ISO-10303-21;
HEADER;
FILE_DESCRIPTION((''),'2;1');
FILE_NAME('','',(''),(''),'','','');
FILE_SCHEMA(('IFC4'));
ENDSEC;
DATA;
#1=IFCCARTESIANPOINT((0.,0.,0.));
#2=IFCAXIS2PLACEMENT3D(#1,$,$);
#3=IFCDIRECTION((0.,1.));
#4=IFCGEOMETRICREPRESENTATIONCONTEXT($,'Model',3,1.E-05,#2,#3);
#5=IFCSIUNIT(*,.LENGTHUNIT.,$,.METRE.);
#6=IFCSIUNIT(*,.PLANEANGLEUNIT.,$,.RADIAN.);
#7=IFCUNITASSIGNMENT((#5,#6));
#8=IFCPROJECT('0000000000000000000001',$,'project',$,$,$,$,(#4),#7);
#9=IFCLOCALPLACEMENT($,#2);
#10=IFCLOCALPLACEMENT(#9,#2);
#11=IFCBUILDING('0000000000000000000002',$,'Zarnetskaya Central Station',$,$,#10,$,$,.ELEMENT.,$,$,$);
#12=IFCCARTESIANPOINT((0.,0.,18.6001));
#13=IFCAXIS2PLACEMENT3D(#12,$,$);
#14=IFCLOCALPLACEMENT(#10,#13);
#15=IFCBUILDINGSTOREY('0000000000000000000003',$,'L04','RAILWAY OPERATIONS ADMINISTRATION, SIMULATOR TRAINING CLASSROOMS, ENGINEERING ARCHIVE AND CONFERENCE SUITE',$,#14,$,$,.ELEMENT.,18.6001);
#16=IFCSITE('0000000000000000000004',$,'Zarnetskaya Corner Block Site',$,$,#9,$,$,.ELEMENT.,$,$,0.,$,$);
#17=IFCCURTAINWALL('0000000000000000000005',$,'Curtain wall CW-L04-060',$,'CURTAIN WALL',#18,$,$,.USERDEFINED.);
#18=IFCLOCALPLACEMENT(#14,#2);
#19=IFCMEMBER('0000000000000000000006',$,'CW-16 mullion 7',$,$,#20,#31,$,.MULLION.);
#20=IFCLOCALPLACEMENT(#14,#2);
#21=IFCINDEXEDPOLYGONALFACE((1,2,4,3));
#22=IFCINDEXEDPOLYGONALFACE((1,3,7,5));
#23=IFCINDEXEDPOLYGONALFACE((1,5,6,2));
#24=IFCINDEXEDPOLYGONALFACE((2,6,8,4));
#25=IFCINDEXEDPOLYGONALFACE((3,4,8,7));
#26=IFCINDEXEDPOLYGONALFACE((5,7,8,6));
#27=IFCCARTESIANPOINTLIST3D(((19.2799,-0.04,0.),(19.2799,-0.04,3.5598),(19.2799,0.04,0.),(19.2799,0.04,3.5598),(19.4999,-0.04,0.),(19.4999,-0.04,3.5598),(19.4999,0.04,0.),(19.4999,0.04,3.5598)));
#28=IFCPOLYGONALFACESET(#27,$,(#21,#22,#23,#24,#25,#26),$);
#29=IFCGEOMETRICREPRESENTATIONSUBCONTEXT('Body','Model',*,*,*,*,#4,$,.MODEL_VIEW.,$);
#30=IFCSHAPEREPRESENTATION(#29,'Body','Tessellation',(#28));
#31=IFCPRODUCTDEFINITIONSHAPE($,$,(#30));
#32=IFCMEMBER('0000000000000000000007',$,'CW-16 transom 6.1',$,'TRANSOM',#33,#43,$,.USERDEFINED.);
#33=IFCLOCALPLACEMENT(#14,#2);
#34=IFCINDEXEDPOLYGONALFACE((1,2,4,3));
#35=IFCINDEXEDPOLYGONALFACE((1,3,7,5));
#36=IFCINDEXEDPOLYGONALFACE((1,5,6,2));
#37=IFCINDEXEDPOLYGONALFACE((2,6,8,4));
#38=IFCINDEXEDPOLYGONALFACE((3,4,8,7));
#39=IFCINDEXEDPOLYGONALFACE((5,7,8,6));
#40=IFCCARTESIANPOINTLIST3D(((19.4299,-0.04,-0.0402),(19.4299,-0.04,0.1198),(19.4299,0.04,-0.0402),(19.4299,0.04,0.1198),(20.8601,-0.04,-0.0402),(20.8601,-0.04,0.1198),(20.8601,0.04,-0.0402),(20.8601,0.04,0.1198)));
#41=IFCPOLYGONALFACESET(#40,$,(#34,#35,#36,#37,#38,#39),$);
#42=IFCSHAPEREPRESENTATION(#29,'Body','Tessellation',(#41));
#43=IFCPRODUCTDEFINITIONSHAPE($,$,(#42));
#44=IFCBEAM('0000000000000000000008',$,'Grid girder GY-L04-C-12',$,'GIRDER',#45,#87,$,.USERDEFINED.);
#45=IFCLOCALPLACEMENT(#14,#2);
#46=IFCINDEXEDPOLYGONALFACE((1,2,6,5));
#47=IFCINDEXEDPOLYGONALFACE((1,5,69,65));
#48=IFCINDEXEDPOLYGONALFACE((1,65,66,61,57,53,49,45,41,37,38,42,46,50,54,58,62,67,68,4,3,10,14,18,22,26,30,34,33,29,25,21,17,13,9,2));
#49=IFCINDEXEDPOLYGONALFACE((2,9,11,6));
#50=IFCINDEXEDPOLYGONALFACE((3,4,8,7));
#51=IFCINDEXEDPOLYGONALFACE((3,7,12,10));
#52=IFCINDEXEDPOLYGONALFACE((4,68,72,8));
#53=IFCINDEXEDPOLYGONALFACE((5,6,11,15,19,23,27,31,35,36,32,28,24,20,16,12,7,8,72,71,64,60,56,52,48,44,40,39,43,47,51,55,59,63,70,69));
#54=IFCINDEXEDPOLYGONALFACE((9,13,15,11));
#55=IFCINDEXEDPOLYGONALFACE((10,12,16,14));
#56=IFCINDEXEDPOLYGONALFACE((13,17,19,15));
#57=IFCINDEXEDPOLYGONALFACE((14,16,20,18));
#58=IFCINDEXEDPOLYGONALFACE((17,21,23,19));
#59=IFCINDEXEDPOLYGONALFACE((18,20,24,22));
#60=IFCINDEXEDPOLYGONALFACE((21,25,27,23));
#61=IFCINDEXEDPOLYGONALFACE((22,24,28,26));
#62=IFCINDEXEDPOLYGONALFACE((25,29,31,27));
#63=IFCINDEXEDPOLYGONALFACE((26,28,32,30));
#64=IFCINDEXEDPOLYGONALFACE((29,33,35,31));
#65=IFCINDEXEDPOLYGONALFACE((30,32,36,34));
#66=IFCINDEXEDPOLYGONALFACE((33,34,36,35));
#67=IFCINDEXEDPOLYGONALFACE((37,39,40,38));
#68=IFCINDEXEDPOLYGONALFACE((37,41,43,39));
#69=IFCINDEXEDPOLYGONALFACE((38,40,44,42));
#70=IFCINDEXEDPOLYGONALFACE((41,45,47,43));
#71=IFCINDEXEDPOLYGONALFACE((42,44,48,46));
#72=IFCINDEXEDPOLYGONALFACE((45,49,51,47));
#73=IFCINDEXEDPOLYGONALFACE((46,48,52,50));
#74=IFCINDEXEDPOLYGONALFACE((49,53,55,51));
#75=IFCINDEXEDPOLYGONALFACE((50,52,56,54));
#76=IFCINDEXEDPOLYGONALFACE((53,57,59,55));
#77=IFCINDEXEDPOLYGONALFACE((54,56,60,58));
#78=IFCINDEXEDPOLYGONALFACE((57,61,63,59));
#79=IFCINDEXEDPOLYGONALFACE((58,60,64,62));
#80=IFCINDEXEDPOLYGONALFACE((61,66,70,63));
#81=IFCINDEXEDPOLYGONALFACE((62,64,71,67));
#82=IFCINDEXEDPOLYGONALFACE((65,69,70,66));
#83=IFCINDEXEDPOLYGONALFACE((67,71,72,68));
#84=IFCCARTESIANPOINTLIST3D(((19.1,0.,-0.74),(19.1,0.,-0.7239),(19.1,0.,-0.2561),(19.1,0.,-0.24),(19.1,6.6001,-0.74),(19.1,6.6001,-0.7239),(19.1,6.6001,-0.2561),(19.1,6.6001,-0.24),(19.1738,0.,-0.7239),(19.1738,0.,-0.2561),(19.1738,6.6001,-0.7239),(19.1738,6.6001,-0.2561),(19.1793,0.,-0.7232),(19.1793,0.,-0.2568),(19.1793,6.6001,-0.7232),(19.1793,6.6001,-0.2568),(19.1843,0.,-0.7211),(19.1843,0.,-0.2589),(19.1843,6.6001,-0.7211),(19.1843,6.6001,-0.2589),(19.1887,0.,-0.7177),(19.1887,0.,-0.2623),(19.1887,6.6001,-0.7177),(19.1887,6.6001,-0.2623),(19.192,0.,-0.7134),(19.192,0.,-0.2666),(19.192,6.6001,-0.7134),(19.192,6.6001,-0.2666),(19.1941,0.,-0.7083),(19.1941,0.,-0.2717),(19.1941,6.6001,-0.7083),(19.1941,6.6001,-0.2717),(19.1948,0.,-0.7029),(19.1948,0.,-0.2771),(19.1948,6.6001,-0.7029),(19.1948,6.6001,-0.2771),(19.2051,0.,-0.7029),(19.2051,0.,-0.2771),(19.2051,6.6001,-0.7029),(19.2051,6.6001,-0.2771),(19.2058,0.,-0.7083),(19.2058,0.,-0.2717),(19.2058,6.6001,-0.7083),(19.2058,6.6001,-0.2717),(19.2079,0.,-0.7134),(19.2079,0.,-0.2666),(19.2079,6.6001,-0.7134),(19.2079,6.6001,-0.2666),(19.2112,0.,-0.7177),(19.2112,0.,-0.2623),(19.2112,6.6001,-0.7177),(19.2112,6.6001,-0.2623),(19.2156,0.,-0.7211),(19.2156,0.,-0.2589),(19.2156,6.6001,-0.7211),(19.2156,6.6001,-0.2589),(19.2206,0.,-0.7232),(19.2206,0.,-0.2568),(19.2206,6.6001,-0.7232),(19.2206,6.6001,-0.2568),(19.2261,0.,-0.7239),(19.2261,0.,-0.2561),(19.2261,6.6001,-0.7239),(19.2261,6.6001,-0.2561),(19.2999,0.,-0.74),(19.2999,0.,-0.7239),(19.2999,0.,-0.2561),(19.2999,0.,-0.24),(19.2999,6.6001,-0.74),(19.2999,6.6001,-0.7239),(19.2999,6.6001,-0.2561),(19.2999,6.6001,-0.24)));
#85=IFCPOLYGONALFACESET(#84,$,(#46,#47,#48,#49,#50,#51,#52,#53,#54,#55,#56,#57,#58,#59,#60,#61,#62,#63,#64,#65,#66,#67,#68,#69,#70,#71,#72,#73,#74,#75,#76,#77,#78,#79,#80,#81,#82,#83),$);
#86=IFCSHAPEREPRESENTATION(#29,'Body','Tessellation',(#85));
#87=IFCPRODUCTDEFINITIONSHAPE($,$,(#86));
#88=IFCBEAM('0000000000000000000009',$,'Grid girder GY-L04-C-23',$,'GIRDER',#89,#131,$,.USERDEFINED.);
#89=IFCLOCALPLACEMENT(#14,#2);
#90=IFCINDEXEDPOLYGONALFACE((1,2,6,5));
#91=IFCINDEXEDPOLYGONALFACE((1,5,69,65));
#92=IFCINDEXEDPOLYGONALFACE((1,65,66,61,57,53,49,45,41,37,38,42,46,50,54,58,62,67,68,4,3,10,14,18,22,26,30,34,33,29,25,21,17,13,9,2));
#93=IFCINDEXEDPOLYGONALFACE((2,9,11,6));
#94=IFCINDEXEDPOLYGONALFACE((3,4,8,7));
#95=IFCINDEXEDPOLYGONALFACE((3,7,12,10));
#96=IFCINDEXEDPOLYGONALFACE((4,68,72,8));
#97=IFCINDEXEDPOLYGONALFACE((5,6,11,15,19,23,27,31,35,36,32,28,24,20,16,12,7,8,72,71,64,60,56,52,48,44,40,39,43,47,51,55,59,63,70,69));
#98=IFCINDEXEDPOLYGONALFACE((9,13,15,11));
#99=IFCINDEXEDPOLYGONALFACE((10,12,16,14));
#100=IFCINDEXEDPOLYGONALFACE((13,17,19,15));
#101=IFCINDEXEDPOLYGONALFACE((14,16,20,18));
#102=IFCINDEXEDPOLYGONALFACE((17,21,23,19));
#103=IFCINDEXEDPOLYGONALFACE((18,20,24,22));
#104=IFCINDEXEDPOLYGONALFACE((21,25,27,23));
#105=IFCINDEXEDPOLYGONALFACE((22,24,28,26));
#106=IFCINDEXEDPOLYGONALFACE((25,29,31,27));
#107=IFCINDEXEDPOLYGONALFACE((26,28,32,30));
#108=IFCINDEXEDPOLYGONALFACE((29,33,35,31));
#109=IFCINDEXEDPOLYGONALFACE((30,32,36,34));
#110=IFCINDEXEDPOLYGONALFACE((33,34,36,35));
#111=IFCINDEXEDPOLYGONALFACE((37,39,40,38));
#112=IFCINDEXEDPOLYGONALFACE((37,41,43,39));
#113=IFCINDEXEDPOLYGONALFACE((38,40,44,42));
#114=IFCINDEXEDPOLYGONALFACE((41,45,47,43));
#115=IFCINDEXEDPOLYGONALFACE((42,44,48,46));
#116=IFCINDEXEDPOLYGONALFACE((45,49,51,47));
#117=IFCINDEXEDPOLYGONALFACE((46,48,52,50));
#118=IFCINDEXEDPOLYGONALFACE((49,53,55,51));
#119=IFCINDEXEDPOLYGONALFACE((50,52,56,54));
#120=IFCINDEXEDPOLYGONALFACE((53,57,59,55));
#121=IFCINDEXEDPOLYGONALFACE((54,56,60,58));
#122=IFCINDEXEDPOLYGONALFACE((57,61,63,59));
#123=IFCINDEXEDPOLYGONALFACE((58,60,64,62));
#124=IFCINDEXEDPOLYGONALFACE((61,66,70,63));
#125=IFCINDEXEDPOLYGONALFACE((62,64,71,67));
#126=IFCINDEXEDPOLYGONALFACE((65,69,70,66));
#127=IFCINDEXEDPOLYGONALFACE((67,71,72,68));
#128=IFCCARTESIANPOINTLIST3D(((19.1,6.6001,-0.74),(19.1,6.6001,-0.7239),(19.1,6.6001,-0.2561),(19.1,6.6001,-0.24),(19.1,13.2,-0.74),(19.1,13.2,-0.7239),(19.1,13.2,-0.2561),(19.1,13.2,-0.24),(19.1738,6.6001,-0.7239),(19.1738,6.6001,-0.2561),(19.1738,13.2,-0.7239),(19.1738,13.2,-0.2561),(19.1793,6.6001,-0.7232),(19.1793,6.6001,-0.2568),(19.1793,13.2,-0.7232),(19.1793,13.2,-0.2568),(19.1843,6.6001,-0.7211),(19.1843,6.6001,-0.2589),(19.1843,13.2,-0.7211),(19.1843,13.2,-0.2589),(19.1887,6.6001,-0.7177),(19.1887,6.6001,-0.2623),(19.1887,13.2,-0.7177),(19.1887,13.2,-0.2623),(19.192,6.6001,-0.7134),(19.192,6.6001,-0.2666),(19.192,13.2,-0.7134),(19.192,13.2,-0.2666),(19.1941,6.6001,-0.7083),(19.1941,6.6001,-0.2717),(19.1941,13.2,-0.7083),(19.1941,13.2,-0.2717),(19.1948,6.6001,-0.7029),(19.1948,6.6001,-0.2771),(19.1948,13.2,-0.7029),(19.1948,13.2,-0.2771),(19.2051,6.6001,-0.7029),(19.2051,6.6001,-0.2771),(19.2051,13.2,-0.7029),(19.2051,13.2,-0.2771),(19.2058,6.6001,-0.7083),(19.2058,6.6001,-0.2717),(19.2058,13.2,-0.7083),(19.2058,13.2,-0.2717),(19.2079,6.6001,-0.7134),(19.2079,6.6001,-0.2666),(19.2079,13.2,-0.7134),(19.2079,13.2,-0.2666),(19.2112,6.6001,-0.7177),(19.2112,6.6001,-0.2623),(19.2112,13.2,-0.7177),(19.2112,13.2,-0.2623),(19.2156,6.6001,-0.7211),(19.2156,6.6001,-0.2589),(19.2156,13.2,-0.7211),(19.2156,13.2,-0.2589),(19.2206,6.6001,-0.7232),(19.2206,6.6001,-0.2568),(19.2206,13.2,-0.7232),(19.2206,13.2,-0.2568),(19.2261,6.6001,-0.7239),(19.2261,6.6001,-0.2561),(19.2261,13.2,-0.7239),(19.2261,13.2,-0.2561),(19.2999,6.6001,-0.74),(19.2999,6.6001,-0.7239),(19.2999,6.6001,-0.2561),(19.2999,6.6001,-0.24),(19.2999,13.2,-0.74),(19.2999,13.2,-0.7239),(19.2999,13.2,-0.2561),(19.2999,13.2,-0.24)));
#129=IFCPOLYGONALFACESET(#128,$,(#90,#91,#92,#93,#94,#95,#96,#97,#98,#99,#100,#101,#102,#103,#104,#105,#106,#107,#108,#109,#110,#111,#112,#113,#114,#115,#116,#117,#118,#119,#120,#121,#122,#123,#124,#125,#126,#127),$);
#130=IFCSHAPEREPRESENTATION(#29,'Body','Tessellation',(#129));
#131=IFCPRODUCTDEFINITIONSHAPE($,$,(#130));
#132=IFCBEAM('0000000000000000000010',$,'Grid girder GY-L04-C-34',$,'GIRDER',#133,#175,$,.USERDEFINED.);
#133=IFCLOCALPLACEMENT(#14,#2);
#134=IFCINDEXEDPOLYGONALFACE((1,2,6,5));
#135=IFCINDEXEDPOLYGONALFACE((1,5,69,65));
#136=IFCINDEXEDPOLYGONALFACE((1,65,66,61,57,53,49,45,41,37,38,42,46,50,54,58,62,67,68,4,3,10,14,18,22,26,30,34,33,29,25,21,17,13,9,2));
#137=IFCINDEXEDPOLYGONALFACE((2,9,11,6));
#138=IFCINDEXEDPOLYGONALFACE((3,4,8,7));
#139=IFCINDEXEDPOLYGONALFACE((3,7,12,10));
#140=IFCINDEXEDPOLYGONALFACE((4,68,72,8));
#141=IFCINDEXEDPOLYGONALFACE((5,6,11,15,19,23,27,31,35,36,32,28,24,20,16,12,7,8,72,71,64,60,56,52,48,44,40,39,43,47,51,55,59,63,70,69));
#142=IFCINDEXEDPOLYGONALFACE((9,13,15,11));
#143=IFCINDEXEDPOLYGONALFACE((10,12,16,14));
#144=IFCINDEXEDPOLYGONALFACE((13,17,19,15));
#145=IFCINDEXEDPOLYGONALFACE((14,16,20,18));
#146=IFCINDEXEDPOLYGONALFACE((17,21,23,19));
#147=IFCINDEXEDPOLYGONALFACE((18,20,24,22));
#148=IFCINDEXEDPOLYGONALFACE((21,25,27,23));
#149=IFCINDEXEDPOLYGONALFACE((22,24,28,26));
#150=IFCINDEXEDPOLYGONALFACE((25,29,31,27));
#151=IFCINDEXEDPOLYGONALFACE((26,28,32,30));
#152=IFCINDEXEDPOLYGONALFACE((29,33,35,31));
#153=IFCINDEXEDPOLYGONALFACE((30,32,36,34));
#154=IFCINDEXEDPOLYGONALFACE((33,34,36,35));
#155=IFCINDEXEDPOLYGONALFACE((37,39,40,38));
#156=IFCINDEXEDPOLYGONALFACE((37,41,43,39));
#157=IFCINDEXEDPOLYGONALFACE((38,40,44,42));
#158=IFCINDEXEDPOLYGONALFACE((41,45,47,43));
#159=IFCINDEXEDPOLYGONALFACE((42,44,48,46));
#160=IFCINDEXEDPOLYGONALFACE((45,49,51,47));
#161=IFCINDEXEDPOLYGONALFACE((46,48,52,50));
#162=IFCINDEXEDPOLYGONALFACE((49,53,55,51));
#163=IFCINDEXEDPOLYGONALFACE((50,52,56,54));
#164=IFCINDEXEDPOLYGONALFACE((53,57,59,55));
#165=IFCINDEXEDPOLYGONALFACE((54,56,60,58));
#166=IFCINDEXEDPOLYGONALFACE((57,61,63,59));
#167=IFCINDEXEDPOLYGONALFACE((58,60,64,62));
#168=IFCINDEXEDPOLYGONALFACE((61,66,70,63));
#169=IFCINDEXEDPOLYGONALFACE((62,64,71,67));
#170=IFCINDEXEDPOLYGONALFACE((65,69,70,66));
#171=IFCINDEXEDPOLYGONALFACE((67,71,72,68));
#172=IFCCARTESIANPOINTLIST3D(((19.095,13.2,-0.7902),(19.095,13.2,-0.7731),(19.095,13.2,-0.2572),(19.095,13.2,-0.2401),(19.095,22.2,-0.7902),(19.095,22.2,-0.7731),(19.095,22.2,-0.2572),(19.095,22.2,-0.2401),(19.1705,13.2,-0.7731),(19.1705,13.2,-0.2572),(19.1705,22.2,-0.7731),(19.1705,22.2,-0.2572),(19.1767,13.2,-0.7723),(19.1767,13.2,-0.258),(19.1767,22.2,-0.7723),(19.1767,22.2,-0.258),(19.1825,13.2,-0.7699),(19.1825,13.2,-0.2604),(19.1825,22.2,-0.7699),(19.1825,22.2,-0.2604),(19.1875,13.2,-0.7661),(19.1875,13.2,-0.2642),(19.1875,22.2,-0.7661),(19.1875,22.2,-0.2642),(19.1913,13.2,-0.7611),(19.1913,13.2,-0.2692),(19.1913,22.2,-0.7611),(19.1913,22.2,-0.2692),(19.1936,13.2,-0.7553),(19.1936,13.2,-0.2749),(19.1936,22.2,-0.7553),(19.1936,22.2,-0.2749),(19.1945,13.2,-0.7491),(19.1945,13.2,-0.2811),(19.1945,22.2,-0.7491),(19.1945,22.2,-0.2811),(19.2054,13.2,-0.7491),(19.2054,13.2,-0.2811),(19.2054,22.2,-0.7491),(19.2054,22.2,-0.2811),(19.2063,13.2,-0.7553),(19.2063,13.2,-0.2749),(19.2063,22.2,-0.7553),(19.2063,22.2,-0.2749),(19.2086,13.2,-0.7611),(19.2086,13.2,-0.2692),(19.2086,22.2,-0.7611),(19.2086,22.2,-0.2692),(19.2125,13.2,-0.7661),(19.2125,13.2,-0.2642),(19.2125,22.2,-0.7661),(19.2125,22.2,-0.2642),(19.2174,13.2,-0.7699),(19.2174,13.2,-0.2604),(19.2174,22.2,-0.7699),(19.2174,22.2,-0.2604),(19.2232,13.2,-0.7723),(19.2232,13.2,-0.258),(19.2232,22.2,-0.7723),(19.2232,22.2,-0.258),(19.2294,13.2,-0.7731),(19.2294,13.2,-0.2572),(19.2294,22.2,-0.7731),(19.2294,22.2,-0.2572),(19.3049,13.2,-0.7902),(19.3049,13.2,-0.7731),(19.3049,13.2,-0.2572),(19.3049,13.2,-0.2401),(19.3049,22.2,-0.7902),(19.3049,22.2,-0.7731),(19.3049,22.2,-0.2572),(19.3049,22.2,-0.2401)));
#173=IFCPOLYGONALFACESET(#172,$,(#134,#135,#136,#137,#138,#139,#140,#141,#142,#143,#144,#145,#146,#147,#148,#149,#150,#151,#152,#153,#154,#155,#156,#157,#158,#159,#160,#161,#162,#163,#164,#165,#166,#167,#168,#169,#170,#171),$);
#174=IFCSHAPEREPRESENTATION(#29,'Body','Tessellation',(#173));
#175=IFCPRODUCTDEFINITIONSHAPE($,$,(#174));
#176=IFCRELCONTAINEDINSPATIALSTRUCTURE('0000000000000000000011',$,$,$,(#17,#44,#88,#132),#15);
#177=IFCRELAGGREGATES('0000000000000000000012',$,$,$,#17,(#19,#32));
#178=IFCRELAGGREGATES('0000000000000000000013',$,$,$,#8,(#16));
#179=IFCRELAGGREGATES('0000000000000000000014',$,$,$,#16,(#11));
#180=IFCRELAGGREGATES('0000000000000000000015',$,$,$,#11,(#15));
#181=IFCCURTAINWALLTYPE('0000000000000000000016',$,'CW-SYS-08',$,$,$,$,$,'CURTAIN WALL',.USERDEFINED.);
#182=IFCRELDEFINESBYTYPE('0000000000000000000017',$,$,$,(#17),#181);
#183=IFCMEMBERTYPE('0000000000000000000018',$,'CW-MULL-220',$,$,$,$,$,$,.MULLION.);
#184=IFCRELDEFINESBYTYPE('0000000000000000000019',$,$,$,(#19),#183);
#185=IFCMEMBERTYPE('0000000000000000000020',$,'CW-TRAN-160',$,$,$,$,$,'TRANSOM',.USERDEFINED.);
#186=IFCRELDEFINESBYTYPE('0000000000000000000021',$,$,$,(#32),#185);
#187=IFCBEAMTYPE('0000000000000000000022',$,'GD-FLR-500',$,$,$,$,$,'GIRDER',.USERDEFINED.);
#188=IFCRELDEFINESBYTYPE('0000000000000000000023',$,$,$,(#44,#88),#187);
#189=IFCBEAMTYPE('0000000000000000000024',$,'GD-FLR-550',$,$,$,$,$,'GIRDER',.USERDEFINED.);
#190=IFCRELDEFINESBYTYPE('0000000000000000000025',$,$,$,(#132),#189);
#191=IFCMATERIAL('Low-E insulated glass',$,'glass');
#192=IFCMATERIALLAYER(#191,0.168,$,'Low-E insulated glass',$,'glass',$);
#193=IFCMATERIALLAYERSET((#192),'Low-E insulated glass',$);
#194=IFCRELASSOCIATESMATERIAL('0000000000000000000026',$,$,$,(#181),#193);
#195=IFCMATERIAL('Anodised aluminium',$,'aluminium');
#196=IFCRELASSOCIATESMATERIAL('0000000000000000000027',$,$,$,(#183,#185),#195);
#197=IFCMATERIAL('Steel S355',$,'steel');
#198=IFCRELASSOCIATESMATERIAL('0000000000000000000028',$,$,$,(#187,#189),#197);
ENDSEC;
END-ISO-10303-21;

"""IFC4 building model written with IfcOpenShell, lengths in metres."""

from ifc_helpers import new_model, si_unit, direction, frame, origin, origin_2d, place, context, subcontext, project, spatial, rectangle, i_section, extrude, material, layer, layer_set, material_profile, profile_set, type_object, element, aggregate, save


model = new_model("IFC4")

# Units and contexts
model_context = context("Model", 3, precision=1e-05, world=origin(), true_north=direction((0.0, 1.0)))
body_context = subcontext(model_context, "Body", "Model", "MODEL_VIEW")
ifc_project = project(units=[si_unit("LENGTHUNIT", "METRE"), si_unit("PLANEANGLEUNIT", "RADIAN")], contexts=[model_context])

# Site, building, storey
site_placement = place(None, origin())
site = spatial("IfcSite", under=ifc_project, at=site_placement, Name="Zarnetskaya Corner Block Site", CompositionType="ELEMENT", RefElevation=0.0)
building_placement = place(site_placement, origin())
building = spatial("IfcBuilding", under=site, at=building_placement, Name="Zarnetskaya Central Station", CompositionType="ELEMENT")
storey_placement = place(building_placement, frame((0.0, 0.0, 18.6001)))
storey = spatial("IfcBuildingStorey", under=building, at=storey_placement, Name="L04", Description="RAILWAY OPERATIONS ADMINISTRATION, SIMULATOR TRAINING CLASSROOMS, ENGINEERING ARCHIVE AND CONFERENCE SUITE", CompositionType="ELEMENT", Elevation=18.6001)

# Shared definitions
ifc_material_1 = material(Name="Steel S355", Category="steel")

# Curtain wall, members
ifc_material_2 = material(Name="Low-E insulated glass", Category="glass")
ifc_layer_1 = layer(ifc_material_2, 0.168, Name="Low-E insulated glass", Category="glass")
ifc_layer_set_1 = layer_set([ifc_layer_1], Name="Low-E insulated glass")
curtain_wall_type = type_object("IfcCurtainWallType", Name="CW-SYS-08", ElementType="CURTAIN WALL", PredefinedType="USERDEFINED", material=ifc_layer_set_1)
curtain_wall_placement = place(storey_placement, origin())
curtain_wall = element("IfcCurtainWall", 1, at=curtain_wall_placement, inside=storey, type_object=curtain_wall_type, Name="Curtain wall CW-L04-060", ObjectType="CURTAIN WALL", PredefinedType="USERDEFINED")
ifc_material_3 = material(Name="Anodised aluminium", Category="aluminium")
ifc_material_profile_1 = material_profile(ifc_material_3, rectangle(XDim=0.0801, YDim=0.22, at=origin_2d()), Name="ALU MULL 80x220")
ifc_profile_set_1 = profile_set([ifc_material_profile_1], Name="Anodised aluminium")
member_type_1 = type_object("IfcMemberType", Name="CW-MULL-220", PredefinedType="MULLION", material=ifc_profile_set_1)
member_1_placement = place(storey_placement, frame((19.3899, 0.0, 0.0), z_axis=(0.0, 0.0, 1.0), x_axis=(0.0, -1.0, 0.0)))
member_1 = element("IfcMember", 2, at=member_1_placement, type_object=member_type_1, Name="CW-16 mullion 7", PredefinedType="MULLION", context=body_context, shape_type="SweptSolid", body=[
    extrude(rectangle(XDim=0.0801, YDim=0.22, at=origin_2d()), origin(), (0.0, 0.0, 1.0), 3.5598),
])
ifc_material_profile_2 = material_profile(ifc_material_3, rectangle(XDim=0.0801, YDim=0.1599, at=origin_2d()), Name="ALU TRAN 80x160")
ifc_profile_set_2 = profile_set([ifc_material_profile_2], Name="Anodised aluminium")
member_type_2 = type_object("IfcMemberType", Name="CW-TRAN-160", ElementType="TRANSOM", PredefinedType="USERDEFINED", material=ifc_profile_set_2)
member_2_placement = place(storey_placement, frame((20.8601, 0.0, 0.0398), z_axis=(-1.0, 0.0, 0.0), x_axis=(0.0, -1.0, 0.0)))
member_2 = element("IfcMember", 3, at=member_2_placement, type_object=member_type_2, Name="CW-16 transom 6.1", ObjectType="TRANSOM", PredefinedType="USERDEFINED", context=body_context, shape_type="SweptSolid", body=[
    extrude(rectangle(XDim=0.0801, YDim=0.1599, at=origin_2d()), origin(), (0.0, 0.0, 1.0), 1.4302),
])

# Beams
ifc_material_profile_3 = material_profile(ifc_material_1, i_section(OverallWidth=0.2, OverallDepth=0.5, WebThickness=0.0103, FlangeThickness=0.0161, FilletRadius=0.021, at=origin_2d()), Name="IPE 500")
ifc_profile_set_3 = profile_set([ifc_material_profile_3], Name="Steel S355")
beam_type_1 = type_object("IfcBeamType", Name="GD-FLR-500", ElementType="GIRDER", PredefinedType="USERDEFINED", material=ifc_profile_set_3)
beam_1_placement = place(storey_placement, frame((19.2, 0.0, -0.49), z_axis=(0.0, 1.0, 0.0), x_axis=(-1.0, 0.0, 0.0)))
element("IfcBeam", 4, at=beam_1_placement, inside=storey, type_object=beam_type_1, Name="Grid girder GY-L04-C-12", ObjectType="GIRDER", PredefinedType="USERDEFINED", context=body_context, shape_type="SweptSolid", body=[
    extrude(i_section(OverallWidth=0.2, OverallDepth=0.5, WebThickness=0.0103, FlangeThickness=0.0161, FilletRadius=0.021, at=origin_2d()), origin(), (0.0, 0.0, 1.0), 6.6001),
])
beam_2_placement = place(storey_placement, frame((19.2, 6.6001, -0.49), z_axis=(0.0, 1.0, 0.0), x_axis=(-1.0, 0.0, 0.0)))
element("IfcBeam", 5, at=beam_2_placement, inside=storey, type_object=beam_type_1, Name="Grid girder GY-L04-C-23", ObjectType="GIRDER", PredefinedType="USERDEFINED", context=body_context, shape_type="SweptSolid", body=[
    extrude(i_section(OverallWidth=0.2, OverallDepth=0.5, WebThickness=0.0103, FlangeThickness=0.0161, FilletRadius=0.021, at=origin_2d()), origin(), (0.0, 0.0, 1.0), 6.5999),
])
ifc_material_profile_4 = material_profile(ifc_material_1, i_section(OverallWidth=0.21, OverallDepth=0.55, WebThickness=0.011, FlangeThickness=0.0171, FilletRadius=0.0239, at=origin_2d()), Name="IPE 550")
ifc_profile_set_4 = profile_set([ifc_material_profile_4], Name="Steel S355")
beam_type_2 = type_object("IfcBeamType", Name="GD-FLR-550", ElementType="GIRDER", PredefinedType="USERDEFINED", material=ifc_profile_set_4)
beam_3_placement = place(storey_placement, frame((19.2, 13.2, -0.5151), z_axis=(0.0, 1.0, 0.0), x_axis=(-1.0, 0.0, 0.0)))
element("IfcBeam", 6, at=beam_3_placement, inside=storey, type_object=beam_type_2, Name="Grid girder GY-L04-C-34", ObjectType="GIRDER", PredefinedType="USERDEFINED", context=body_context, shape_type="SweptSolid", body=[
    extrude(i_section(OverallWidth=0.21, OverallDepth=0.55, WebThickness=0.011, FlangeThickness=0.0171, FilletRadius=0.0239, at=origin_2d()), origin(), (0.0, 0.0, 1.0), 9.0),
])

aggregate(curtain_wall, [member_1, member_2])

save(model, "model.ifc")
